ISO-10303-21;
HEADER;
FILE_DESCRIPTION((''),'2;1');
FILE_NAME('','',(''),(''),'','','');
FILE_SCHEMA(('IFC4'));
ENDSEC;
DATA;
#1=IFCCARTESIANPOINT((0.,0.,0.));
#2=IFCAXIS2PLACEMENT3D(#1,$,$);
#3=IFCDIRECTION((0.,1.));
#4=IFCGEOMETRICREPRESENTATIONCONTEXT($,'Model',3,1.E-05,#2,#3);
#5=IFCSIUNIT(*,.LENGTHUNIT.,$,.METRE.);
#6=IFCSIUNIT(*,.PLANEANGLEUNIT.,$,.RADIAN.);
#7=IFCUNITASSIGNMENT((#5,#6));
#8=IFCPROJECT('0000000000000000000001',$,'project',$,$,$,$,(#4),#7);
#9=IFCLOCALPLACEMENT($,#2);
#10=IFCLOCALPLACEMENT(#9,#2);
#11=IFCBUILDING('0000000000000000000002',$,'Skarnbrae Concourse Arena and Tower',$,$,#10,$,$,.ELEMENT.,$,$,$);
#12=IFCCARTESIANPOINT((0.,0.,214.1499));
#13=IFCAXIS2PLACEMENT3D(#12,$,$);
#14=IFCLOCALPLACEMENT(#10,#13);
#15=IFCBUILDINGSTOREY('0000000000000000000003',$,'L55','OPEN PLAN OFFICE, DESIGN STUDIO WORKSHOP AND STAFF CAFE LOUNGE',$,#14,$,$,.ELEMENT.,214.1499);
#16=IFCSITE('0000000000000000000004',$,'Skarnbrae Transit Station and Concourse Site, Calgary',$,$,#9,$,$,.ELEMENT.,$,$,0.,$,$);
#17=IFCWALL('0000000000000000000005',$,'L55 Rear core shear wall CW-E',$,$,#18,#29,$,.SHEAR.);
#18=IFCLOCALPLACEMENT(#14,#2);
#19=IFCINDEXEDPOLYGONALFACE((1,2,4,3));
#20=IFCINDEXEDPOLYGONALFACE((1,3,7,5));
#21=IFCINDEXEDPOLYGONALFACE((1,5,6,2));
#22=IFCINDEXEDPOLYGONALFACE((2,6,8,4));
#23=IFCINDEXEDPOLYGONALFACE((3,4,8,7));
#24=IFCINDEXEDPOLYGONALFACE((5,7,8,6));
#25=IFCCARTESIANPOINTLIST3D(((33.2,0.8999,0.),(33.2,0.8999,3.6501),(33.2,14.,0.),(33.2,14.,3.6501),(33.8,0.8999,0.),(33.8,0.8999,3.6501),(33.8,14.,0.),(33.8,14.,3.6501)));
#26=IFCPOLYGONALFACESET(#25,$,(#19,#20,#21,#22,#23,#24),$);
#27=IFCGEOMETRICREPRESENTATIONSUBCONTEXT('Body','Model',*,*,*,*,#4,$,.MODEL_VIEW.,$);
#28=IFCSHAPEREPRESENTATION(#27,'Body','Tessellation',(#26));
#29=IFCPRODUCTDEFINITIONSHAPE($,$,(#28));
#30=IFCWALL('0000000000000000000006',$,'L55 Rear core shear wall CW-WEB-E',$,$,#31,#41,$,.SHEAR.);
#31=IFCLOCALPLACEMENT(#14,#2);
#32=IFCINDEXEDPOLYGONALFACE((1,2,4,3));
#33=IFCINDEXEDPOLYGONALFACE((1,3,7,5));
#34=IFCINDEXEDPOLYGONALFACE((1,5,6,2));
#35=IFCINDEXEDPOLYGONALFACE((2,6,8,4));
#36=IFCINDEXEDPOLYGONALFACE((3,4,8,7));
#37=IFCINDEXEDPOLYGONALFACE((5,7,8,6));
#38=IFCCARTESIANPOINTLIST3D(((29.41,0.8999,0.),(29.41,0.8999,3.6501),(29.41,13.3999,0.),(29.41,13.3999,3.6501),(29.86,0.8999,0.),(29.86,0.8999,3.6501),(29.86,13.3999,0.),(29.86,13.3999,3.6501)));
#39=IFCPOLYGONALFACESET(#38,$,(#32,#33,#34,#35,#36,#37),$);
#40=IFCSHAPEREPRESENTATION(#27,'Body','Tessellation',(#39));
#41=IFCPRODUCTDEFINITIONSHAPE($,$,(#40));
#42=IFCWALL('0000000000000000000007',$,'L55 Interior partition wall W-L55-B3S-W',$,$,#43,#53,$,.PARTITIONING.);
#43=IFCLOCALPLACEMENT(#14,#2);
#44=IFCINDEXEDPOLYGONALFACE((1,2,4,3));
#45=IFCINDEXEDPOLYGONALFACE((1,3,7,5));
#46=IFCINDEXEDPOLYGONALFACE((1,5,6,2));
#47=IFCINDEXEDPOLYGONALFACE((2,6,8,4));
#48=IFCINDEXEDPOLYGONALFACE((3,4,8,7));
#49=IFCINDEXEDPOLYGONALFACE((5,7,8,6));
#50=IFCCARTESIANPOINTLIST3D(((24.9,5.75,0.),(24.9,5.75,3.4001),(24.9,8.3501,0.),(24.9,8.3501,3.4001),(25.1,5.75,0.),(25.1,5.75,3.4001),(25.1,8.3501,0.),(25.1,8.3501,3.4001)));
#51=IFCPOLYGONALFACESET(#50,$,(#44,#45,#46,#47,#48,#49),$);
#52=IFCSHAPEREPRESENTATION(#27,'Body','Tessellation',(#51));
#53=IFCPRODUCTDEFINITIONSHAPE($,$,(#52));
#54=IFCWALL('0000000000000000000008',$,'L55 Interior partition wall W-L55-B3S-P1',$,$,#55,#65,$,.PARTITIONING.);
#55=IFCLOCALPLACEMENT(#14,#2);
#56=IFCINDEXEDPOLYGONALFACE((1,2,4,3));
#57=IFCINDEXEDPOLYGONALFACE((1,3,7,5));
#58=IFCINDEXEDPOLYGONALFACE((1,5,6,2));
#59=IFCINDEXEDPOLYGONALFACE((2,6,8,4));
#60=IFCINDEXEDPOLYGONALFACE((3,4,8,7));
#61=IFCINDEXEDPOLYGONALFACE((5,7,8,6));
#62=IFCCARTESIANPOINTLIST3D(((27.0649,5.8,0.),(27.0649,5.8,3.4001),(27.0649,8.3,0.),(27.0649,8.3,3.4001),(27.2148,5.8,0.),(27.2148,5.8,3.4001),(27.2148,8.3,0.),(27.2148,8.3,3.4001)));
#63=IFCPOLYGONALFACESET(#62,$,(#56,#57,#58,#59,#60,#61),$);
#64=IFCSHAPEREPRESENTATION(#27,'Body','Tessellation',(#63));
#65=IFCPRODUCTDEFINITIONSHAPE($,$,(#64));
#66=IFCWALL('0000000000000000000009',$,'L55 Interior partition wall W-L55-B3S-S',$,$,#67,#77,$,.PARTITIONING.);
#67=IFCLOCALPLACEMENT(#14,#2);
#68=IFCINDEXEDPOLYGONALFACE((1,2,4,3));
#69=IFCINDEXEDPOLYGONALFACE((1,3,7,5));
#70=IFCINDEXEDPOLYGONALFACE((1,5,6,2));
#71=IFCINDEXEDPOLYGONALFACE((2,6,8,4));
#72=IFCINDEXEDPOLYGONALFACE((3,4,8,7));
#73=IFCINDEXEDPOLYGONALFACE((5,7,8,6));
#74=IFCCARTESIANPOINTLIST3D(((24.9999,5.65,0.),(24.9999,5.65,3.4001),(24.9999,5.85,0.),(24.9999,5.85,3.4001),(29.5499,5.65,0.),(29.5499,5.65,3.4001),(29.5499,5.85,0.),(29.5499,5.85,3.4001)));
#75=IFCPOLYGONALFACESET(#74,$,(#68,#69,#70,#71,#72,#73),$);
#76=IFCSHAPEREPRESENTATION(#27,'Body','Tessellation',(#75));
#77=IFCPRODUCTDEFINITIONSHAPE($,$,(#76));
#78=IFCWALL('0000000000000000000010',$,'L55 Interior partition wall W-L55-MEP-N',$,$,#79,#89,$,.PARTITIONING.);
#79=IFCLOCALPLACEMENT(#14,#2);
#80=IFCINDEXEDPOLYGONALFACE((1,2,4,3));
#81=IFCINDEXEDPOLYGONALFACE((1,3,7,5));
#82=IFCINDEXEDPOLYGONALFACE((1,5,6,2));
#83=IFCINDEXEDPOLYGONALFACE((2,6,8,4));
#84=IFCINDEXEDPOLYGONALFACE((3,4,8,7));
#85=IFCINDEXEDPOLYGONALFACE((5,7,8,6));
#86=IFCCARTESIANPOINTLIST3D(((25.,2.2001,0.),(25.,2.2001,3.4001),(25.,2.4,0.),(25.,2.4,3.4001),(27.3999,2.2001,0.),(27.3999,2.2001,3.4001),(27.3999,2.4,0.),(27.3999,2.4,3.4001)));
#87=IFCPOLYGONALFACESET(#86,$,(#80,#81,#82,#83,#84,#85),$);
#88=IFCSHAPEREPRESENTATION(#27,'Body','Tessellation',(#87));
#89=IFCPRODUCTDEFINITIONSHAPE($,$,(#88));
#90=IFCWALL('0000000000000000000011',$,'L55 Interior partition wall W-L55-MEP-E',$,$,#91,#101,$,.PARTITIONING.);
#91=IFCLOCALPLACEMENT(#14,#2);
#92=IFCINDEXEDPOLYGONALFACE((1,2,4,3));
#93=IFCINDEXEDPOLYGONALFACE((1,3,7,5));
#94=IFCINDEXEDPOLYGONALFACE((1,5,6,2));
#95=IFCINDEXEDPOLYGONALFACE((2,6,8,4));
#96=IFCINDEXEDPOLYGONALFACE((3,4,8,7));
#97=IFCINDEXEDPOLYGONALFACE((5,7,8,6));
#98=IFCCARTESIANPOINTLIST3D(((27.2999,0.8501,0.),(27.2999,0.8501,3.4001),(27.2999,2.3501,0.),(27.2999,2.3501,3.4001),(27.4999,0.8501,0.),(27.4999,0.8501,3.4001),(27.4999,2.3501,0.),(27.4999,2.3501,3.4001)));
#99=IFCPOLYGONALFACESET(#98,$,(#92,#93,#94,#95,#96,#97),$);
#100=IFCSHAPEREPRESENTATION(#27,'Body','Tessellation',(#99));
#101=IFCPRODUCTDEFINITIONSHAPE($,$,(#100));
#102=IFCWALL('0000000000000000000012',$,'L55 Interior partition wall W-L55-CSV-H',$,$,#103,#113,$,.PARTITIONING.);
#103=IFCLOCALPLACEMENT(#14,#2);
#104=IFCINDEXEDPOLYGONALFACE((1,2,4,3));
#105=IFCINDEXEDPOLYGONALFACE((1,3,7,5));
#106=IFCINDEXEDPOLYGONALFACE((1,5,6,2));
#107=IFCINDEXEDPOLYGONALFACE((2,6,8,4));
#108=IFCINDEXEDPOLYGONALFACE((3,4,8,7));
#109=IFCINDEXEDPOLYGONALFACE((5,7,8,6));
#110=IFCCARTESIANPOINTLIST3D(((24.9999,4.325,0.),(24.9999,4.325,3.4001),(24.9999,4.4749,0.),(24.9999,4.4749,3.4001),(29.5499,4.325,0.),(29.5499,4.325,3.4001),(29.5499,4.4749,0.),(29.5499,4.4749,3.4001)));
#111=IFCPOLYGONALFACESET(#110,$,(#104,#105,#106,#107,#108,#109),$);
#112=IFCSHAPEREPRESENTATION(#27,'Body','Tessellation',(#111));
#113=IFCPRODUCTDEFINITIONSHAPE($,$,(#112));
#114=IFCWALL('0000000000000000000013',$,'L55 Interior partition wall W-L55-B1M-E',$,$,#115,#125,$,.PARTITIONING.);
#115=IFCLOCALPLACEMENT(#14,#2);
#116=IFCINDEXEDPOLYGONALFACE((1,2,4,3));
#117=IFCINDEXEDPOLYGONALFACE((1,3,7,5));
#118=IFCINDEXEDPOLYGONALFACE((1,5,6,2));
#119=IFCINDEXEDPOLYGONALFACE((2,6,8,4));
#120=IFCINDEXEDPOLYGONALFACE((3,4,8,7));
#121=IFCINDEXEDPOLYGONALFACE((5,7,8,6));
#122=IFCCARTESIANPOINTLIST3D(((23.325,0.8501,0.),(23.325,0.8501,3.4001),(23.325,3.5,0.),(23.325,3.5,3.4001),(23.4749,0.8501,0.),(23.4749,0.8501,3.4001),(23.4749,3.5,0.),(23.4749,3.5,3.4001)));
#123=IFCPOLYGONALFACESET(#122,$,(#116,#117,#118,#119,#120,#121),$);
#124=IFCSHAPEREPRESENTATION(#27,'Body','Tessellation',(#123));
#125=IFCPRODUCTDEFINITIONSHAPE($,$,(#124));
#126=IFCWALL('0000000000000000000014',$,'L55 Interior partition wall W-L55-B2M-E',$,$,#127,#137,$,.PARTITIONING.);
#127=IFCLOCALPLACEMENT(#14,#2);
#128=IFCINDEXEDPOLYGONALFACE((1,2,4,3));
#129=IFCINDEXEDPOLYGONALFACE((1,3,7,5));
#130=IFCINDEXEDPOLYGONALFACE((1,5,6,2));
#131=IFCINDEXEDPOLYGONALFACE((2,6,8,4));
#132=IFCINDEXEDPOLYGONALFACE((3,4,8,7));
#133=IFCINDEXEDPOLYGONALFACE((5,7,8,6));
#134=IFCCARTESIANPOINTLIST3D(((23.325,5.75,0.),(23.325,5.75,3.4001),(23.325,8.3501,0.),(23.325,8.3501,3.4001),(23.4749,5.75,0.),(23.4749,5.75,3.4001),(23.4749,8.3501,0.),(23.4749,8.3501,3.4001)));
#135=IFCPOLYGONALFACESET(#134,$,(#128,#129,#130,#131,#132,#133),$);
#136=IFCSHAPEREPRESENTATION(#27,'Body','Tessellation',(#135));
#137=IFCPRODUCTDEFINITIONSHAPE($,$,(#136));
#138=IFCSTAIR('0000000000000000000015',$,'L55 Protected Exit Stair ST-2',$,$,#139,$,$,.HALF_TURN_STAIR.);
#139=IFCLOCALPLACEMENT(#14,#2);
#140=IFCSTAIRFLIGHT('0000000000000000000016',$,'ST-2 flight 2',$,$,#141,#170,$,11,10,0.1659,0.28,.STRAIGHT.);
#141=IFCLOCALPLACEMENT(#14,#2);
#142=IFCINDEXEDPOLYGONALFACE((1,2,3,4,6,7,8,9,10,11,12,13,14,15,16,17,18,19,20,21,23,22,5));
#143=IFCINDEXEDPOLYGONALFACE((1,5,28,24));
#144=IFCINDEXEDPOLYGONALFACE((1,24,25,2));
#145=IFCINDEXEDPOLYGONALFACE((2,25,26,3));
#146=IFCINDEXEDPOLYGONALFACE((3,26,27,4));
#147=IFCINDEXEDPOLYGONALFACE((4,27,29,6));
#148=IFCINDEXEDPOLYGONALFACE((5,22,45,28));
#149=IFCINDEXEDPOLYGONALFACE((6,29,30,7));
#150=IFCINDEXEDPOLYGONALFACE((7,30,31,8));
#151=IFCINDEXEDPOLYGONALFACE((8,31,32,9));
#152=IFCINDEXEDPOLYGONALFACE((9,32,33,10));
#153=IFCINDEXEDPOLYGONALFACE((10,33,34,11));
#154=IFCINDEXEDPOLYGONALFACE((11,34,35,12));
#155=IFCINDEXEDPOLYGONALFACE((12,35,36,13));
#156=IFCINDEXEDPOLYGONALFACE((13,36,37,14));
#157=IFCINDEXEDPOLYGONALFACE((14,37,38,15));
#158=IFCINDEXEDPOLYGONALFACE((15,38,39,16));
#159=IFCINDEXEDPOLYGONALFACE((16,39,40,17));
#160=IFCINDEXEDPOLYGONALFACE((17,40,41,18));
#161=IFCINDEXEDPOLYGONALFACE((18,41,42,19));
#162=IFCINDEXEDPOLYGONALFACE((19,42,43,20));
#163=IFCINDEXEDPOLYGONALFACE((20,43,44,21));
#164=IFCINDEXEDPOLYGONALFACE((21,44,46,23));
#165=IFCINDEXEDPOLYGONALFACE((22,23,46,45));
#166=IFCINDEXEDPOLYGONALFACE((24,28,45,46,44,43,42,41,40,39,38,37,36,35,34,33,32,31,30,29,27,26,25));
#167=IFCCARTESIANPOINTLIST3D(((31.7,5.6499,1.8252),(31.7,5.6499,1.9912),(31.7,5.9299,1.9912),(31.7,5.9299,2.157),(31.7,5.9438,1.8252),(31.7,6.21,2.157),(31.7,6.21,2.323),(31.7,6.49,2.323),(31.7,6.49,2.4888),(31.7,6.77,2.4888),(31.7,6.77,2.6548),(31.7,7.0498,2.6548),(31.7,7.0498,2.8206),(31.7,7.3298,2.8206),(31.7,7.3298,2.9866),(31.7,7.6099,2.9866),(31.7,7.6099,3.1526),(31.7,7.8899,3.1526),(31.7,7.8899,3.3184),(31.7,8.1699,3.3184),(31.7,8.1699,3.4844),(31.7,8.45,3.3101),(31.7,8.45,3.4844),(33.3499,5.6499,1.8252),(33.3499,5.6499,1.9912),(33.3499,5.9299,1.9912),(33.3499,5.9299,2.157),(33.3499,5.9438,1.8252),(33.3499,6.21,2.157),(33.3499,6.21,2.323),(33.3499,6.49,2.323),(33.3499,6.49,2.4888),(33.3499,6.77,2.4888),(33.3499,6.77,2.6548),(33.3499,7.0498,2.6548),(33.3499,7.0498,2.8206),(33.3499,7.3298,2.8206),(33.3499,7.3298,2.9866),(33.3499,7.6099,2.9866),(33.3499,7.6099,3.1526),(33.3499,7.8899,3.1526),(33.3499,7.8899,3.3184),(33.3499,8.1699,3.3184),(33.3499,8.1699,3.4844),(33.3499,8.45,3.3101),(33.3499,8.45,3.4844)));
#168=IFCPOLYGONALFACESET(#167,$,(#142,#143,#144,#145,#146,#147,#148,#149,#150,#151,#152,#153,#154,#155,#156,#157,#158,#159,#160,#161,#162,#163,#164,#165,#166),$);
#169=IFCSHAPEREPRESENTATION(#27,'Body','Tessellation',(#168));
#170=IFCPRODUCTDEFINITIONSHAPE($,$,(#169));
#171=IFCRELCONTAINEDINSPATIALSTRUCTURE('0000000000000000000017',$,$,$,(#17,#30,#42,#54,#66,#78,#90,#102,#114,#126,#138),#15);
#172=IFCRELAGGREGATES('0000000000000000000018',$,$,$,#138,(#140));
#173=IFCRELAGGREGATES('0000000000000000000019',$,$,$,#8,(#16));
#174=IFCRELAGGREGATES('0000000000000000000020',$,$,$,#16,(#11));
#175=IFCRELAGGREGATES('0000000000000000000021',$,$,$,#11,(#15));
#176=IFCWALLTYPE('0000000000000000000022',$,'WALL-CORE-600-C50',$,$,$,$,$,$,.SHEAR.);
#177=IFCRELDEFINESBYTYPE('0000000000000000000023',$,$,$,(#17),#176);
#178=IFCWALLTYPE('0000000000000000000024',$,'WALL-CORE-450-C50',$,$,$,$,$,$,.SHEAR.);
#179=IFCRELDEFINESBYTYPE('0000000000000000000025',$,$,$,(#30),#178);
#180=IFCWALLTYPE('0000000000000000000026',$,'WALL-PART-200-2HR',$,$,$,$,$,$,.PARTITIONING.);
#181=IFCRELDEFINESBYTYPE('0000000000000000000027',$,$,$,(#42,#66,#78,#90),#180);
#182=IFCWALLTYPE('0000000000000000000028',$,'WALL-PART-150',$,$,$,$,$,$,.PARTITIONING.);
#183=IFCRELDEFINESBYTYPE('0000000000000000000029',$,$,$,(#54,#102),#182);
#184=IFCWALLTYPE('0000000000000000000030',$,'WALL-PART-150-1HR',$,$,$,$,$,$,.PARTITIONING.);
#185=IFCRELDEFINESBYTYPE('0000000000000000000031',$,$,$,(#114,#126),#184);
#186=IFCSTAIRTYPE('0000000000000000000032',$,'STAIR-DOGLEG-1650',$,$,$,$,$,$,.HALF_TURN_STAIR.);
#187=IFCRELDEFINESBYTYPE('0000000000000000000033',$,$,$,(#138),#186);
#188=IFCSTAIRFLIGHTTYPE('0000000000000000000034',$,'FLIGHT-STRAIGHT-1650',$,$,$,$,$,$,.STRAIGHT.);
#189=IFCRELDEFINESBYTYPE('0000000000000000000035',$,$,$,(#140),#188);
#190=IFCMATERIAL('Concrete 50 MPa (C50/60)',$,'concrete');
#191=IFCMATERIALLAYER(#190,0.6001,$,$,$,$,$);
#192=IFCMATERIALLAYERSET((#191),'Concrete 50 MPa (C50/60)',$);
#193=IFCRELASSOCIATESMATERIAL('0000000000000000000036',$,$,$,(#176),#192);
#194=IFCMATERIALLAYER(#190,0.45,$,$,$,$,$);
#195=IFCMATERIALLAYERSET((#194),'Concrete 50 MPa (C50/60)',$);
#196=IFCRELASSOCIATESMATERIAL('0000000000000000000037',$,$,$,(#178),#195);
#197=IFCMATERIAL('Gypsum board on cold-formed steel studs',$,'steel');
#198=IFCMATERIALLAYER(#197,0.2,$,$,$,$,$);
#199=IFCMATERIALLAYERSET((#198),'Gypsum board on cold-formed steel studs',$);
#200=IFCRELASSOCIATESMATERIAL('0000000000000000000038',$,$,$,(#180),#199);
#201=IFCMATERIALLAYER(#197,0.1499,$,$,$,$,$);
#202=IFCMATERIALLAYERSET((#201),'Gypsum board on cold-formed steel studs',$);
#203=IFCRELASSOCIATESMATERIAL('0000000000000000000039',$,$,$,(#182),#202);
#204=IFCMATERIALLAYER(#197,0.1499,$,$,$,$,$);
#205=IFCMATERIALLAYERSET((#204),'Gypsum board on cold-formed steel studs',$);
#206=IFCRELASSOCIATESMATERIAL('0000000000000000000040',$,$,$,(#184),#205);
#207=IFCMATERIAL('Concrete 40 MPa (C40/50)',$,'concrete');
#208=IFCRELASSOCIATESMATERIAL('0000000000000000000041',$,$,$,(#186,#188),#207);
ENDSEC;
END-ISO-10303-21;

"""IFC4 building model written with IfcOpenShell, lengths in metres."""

from ifc_helpers import new_model, si_unit, direction, frame, frame_2d, origin, place, context, subcontext, project, spatial, polyline, rectangle, outline, extrude, source, transform, mapped, material, layer, layer_set, type_object, element, aggregate, save


model = new_model("IFC4")

# Units and contexts
model_context = context("Model", 3, precision=1e-05, world=origin(), true_north=direction((0.0, 1.0)))
body_context = subcontext(model_context, "Body", "Model", "MODEL_VIEW")
ifc_project = project(units=[si_unit("LENGTHUNIT", "METRE"), si_unit("PLANEANGLEUNIT", "RADIAN")], contexts=[model_context])

# Site, building, storey
site_placement = place(None, origin())
site = spatial("IfcSite", under=ifc_project, at=site_placement, Name="Skarnbrae Transit Station and Concourse Site, Calgary", CompositionType="ELEMENT", RefElevation=0.0)
building_placement = place(site_placement, origin())
building = spatial("IfcBuilding", under=site, at=building_placement, Name="Skarnbrae Concourse Arena and Tower", CompositionType="ELEMENT")
storey_placement = place(building_placement, frame((0.0, 0.0, 214.1499)))
storey = spatial("IfcBuildingStorey", under=building, at=storey_placement, Name="L55", Description="OPEN PLAN OFFICE, DESIGN STUDIO WORKSHOP AND STAFF CAFE LOUNGE", CompositionType="ELEMENT", Elevation=214.1499)

# Walls
ifc_material_1 = material(Name="Concrete 50 MPa (C50/60)", Category="concrete")
ifc_layer_1 = layer(ifc_material_1, 0.6001)
ifc_layer_set_1 = layer_set([ifc_layer_1], Name="Concrete 50 MPa (C50/60)")
wall_type_1 = type_object("IfcWallType", Name="WALL-CORE-600-C50", PredefinedType="SHEAR", material=ifc_layer_set_1)
shared_shape_1 = source(origin(), body_context, "Body", "SweptSolid", [
    extrude(rectangle(XDim=13.1001, YDim=0.6001, at=frame_2d((6.55, 0.0))), origin(), (0.0, 0.0, 1.0), 3.6501),
])
wall_1_placement = place(storey_placement, frame((33.5, 0.8999, 0.0), z_axis=(0.0, 0.0, 1.0), x_axis=(0.0, 1.0, 0.0)))
element("IfcWall", 1, at=wall_1_placement, inside=storey, type_object=wall_type_1, Name="L55 Rear core shear wall CW-E", PredefinedType="SHEAR", context=body_context, shape_type="MappedRepresentation", body=[
    mapped(shared_shape_1, transform((0.0, 0.0, 0.0))),
])
ifc_layer_2 = layer(ifc_material_1, 0.45)
ifc_layer_set_2 = layer_set([ifc_layer_2], Name="Concrete 50 MPa (C50/60)")
wall_type_2 = type_object("IfcWallType", Name="WALL-CORE-450-C50", PredefinedType="SHEAR", material=ifc_layer_set_2)
shared_shape_2 = source(origin(), body_context, "Body", "SweptSolid", [
    extrude(rectangle(XDim=12.5, YDim=0.45, at=frame_2d((6.25, 0.0))), origin(), (0.0, 0.0, 1.0), 3.6501),
])
wall_2_placement = place(storey_placement, frame((29.635, 0.8999, 0.0), z_axis=(0.0, 0.0, 1.0), x_axis=(0.0, 1.0, 0.0)))
element("IfcWall", 2, at=wall_2_placement, inside=storey, type_object=wall_type_2, Name="L55 Rear core shear wall CW-WEB-E", PredefinedType="SHEAR", context=body_context, shape_type="MappedRepresentation", body=[
    mapped(shared_shape_2, transform((0.0, 0.0, 0.0))),
])
ifc_material_2 = material(Name="Gypsum board on cold-formed steel studs", Category="steel")
ifc_layer_3 = layer(ifc_material_2, 0.2)
ifc_layer_set_3 = layer_set([ifc_layer_3], Name="Gypsum board on cold-formed steel studs")
wall_type_3 = type_object("IfcWallType", Name="WALL-PART-200-2HR", PredefinedType="PARTITIONING", material=ifc_layer_set_3)
shared_shape_3 = source(origin(), body_context, "Body", "SweptSolid", [
    extrude(rectangle(XDim=2.6001, YDim=0.2, at=frame_2d((1.3, 0.0))), origin(), (0.0, 0.0, 1.0), 3.4001),
])
wall_3_placement = place(storey_placement, frame((25.0, 5.75, 0.0), z_axis=(0.0, 0.0, 1.0), x_axis=(0.0, 1.0, 0.0)))
element("IfcWall", 3, at=wall_3_placement, inside=storey, type_object=wall_type_3, Name="L55 Interior partition wall W-L55-B3S-W", PredefinedType="PARTITIONING", context=body_context, shape_type="MappedRepresentation", body=[
    mapped(shared_shape_3, transform((0.0, 0.0, 0.0))),
])
ifc_layer_4 = layer(ifc_material_2, 0.1499)
ifc_layer_set_4 = layer_set([ifc_layer_4], Name="Gypsum board on cold-formed steel studs")
wall_type_4 = type_object("IfcWallType", Name="WALL-PART-150", PredefinedType="PARTITIONING", material=ifc_layer_set_4)
shared_shape_4 = source(origin(), body_context, "Body", "SweptSolid", [
    extrude(rectangle(XDim=2.5, YDim=0.1499, at=frame_2d((1.25, 0.0))), origin(), (0.0, 0.0, 1.0), 3.4001),
])
wall_4_placement = place(storey_placement, frame((27.1399, 5.8, 0.0), z_axis=(0.0, 0.0, 1.0), x_axis=(0.0, 1.0, 0.0)))
element("IfcWall", 4, at=wall_4_placement, inside=storey, type_object=wall_type_4, Name="L55 Interior partition wall W-L55-B3S-P1", PredefinedType="PARTITIONING", context=body_context, shape_type="MappedRepresentation", body=[
    mapped(shared_shape_4, transform((0.0, 0.0, 0.0))),
])

# Shared definitions
shared_shape_5 = source(origin(), body_context, "Body", "SweptSolid", [
    extrude(rectangle(XDim=4.55, YDim=0.2, at=frame_2d((2.2749, 0.0))), origin(), (0.0, 0.0, 1.0), 3.4001),
])

# Wall
wall_5_placement = place(storey_placement, frame((25.0, 5.75, 0.0), z_axis=(0.0, 0.0, 1.0), x_axis=(1.0, 0.0, 0.0)))
element("IfcWall", 5, at=wall_5_placement, inside=storey, type_object=wall_type_3, Name="L55 Interior partition wall W-L55-B3S-S", PredefinedType="PARTITIONING", context=body_context, shape_type="MappedRepresentation", body=[
    mapped(shared_shape_5, transform((0.0, 0.0, 0.0))),
])

# Shared definitions
ifc_layer_5 = layer(ifc_material_2, 0.1499)
ifc_layer_set_5 = layer_set([ifc_layer_5], Name="Gypsum board on cold-formed steel studs")
wall_type_5 = type_object("IfcWallType", Name="WALL-PART-150-1HR", PredefinedType="PARTITIONING", material=ifc_layer_set_5)

# Walls
shared_shape_6 = source(origin(), body_context, "Body", "SweptSolid", [
    extrude(rectangle(XDim=2.3999, YDim=0.2, at=frame_2d((1.2, 0.0))), origin(), (0.0, 0.0, 1.0), 3.4001),
])
wall_6_placement = place(storey_placement, frame((25.0, 2.3, 0.0), z_axis=(0.0, 0.0, 1.0), x_axis=(1.0, 0.0, 0.0)))
element("IfcWall", 6, at=wall_6_placement, inside=storey, type_object=wall_type_3, Name="L55 Interior partition wall W-L55-MEP-N", PredefinedType="PARTITIONING", context=body_context, shape_type="MappedRepresentation", body=[
    mapped(shared_shape_6, transform((0.0, 0.0, 0.0))),
])
shared_shape_7 = source(origin(), body_context, "Body", "SweptSolid", [
    extrude(rectangle(XDim=1.5, YDim=0.2, at=frame_2d((0.75, 0.0))), origin(), (0.0, 0.0, 1.0), 3.4001),
])
wall_7_placement = place(storey_placement, frame((27.3999, 0.8501, 0.0), z_axis=(0.0, 0.0, 1.0), x_axis=(0.0, 1.0, 0.0)))
element("IfcWall", 7, at=wall_7_placement, inside=storey, type_object=wall_type_3, Name="L55 Interior partition wall W-L55-MEP-E", PredefinedType="PARTITIONING", context=body_context, shape_type="MappedRepresentation", body=[
    mapped(shared_shape_7, transform((0.0, 0.0, 0.0))),
])
shared_shape_8 = source(origin(), body_context, "Body", "SweptSolid", [
    extrude(rectangle(XDim=4.55, YDim=0.1499, at=frame_2d((2.2749, 0.0))), origin(), (0.0, 0.0, 1.0), 3.4001),
])
wall_8_placement = place(storey_placement, frame((25.0, 4.3999, 0.0), z_axis=(0.0, 0.0, 1.0), x_axis=(1.0, 0.0, 0.0)))
element("IfcWall", 8, at=wall_8_placement, inside=storey, type_object=wall_type_4, Name="L55 Interior partition wall W-L55-CSV-H", PredefinedType="PARTITIONING", context=body_context, shape_type="MappedRepresentation", body=[
    mapped(shared_shape_8, transform((0.0, 0.0, 0.0))),
])
shared_shape_9 = source(origin(), body_context, "Body", "SweptSolid", [
    extrude(rectangle(XDim=2.6499, YDim=0.1499, at=frame_2d((1.325, 0.0))), origin(), (0.0, 0.0, 1.0), 3.4001),
])
wall_9_placement = place(storey_placement, frame((23.3999, 0.8501, 0.0), z_axis=(0.0, 0.0, 1.0), x_axis=(0.0, 1.0, 0.0)))
element("IfcWall", 9, at=wall_9_placement, inside=storey, type_object=wall_type_5, Name="L55 Interior partition wall W-L55-B1M-E", PredefinedType="PARTITIONING", context=body_context, shape_type="MappedRepresentation", body=[
    mapped(shared_shape_9, transform((0.0, 0.0, 0.0))),
])
shared_shape_10 = source(origin(), body_context, "Body", "SweptSolid", [
    extrude(rectangle(XDim=2.6001, YDim=0.1499, at=frame_2d((1.3, 0.0))), origin(), (0.0, 0.0, 1.0), 3.4001),
])
wall_10_placement = place(storey_placement, frame((23.3999, 5.75, 0.0), z_axis=(0.0, 0.0, 1.0), x_axis=(0.0, 1.0, 0.0)))
element("IfcWall", 10, at=wall_10_placement, inside=storey, type_object=wall_type_5, Name="L55 Interior partition wall W-L55-B2M-E", PredefinedType="PARTITIONING", context=body_context, shape_type="MappedRepresentation", body=[
    mapped(shared_shape_10, transform((0.0, 0.0, 0.0))),
])

# Stair, stair flight
ifc_material_3 = material(Name="Concrete 40 MPa (C40/50)", Category="concrete")
stair_type = type_object("IfcStairType", Name="STAIR-DOGLEG-1650", PredefinedType="HALF_TURN_STAIR", material=ifc_material_3)
stair_placement = place(storey_placement, origin())
stair = element("IfcStair", 11, at=stair_placement, inside=storey, type_object=stair_type, Name="L55 Protected Exit Stair ST-2", PredefinedType="HALF_TURN_STAIR")
stair_flight_type = type_object("IfcStairFlightType", Name="FLIGHT-STRAIGHT-1650", PredefinedType="STRAIGHT", material=ifc_material_3)
shared_shape_11 = source(origin(), body_context, "Body", "SweptSolid", [
    extrude(outline(polyline([(0.0, 0.0), (0.0, 0.166), (0.28, 0.166), (0.28, 0.3318), (0.5601, 0.3318), (0.5601, 0.4978), (0.8401, 0.4978), (0.8401, 0.6636), (1.1201, 0.6636), (1.1201, 0.8296), (1.3999, 0.8296), (1.3999, 0.9954), (1.6799, 0.9954), (1.6799, 1.1614), (1.96, 1.1614), (1.96, 1.3274), (2.24, 1.3274), (2.24, 1.4932), (2.52, 1.4932), (2.52, 1.6592), (2.8, 1.6592), (2.8, 1.825), (2.8, 1.4849), (0.2939, 0.0), (0.0, 0.0)])), frame((0.0, 0.825, 0.0), z_axis=(0.0, -1.0, 0.0), x_axis=(1.0, 0.0, 0.0)), (0.0, 0.0, 1.0), 1.6499),
])
stair_flight_placement = place(storey_placement, frame((32.5249, 5.6499, 1.8252), z_axis=(0.0, 0.0, 1.0), x_axis=(0.0, 1.0, 0.0)))
stair_flight = element("IfcStairFlight", 12, at=stair_flight_placement, type_object=stair_flight_type, Name="ST-2 flight 2", NumberOfRisers=11, NumberOfTreads=10, PredefinedType="STRAIGHT", RiserHeight=0.1659, TreadLength=0.28, context=body_context, shape_type="MappedRepresentation", body=[
    mapped(shared_shape_11, transform((0.0, 0.0, 0.0))),
])
aggregate(stair, [stair_flight])

save(model, "model.ifc")
